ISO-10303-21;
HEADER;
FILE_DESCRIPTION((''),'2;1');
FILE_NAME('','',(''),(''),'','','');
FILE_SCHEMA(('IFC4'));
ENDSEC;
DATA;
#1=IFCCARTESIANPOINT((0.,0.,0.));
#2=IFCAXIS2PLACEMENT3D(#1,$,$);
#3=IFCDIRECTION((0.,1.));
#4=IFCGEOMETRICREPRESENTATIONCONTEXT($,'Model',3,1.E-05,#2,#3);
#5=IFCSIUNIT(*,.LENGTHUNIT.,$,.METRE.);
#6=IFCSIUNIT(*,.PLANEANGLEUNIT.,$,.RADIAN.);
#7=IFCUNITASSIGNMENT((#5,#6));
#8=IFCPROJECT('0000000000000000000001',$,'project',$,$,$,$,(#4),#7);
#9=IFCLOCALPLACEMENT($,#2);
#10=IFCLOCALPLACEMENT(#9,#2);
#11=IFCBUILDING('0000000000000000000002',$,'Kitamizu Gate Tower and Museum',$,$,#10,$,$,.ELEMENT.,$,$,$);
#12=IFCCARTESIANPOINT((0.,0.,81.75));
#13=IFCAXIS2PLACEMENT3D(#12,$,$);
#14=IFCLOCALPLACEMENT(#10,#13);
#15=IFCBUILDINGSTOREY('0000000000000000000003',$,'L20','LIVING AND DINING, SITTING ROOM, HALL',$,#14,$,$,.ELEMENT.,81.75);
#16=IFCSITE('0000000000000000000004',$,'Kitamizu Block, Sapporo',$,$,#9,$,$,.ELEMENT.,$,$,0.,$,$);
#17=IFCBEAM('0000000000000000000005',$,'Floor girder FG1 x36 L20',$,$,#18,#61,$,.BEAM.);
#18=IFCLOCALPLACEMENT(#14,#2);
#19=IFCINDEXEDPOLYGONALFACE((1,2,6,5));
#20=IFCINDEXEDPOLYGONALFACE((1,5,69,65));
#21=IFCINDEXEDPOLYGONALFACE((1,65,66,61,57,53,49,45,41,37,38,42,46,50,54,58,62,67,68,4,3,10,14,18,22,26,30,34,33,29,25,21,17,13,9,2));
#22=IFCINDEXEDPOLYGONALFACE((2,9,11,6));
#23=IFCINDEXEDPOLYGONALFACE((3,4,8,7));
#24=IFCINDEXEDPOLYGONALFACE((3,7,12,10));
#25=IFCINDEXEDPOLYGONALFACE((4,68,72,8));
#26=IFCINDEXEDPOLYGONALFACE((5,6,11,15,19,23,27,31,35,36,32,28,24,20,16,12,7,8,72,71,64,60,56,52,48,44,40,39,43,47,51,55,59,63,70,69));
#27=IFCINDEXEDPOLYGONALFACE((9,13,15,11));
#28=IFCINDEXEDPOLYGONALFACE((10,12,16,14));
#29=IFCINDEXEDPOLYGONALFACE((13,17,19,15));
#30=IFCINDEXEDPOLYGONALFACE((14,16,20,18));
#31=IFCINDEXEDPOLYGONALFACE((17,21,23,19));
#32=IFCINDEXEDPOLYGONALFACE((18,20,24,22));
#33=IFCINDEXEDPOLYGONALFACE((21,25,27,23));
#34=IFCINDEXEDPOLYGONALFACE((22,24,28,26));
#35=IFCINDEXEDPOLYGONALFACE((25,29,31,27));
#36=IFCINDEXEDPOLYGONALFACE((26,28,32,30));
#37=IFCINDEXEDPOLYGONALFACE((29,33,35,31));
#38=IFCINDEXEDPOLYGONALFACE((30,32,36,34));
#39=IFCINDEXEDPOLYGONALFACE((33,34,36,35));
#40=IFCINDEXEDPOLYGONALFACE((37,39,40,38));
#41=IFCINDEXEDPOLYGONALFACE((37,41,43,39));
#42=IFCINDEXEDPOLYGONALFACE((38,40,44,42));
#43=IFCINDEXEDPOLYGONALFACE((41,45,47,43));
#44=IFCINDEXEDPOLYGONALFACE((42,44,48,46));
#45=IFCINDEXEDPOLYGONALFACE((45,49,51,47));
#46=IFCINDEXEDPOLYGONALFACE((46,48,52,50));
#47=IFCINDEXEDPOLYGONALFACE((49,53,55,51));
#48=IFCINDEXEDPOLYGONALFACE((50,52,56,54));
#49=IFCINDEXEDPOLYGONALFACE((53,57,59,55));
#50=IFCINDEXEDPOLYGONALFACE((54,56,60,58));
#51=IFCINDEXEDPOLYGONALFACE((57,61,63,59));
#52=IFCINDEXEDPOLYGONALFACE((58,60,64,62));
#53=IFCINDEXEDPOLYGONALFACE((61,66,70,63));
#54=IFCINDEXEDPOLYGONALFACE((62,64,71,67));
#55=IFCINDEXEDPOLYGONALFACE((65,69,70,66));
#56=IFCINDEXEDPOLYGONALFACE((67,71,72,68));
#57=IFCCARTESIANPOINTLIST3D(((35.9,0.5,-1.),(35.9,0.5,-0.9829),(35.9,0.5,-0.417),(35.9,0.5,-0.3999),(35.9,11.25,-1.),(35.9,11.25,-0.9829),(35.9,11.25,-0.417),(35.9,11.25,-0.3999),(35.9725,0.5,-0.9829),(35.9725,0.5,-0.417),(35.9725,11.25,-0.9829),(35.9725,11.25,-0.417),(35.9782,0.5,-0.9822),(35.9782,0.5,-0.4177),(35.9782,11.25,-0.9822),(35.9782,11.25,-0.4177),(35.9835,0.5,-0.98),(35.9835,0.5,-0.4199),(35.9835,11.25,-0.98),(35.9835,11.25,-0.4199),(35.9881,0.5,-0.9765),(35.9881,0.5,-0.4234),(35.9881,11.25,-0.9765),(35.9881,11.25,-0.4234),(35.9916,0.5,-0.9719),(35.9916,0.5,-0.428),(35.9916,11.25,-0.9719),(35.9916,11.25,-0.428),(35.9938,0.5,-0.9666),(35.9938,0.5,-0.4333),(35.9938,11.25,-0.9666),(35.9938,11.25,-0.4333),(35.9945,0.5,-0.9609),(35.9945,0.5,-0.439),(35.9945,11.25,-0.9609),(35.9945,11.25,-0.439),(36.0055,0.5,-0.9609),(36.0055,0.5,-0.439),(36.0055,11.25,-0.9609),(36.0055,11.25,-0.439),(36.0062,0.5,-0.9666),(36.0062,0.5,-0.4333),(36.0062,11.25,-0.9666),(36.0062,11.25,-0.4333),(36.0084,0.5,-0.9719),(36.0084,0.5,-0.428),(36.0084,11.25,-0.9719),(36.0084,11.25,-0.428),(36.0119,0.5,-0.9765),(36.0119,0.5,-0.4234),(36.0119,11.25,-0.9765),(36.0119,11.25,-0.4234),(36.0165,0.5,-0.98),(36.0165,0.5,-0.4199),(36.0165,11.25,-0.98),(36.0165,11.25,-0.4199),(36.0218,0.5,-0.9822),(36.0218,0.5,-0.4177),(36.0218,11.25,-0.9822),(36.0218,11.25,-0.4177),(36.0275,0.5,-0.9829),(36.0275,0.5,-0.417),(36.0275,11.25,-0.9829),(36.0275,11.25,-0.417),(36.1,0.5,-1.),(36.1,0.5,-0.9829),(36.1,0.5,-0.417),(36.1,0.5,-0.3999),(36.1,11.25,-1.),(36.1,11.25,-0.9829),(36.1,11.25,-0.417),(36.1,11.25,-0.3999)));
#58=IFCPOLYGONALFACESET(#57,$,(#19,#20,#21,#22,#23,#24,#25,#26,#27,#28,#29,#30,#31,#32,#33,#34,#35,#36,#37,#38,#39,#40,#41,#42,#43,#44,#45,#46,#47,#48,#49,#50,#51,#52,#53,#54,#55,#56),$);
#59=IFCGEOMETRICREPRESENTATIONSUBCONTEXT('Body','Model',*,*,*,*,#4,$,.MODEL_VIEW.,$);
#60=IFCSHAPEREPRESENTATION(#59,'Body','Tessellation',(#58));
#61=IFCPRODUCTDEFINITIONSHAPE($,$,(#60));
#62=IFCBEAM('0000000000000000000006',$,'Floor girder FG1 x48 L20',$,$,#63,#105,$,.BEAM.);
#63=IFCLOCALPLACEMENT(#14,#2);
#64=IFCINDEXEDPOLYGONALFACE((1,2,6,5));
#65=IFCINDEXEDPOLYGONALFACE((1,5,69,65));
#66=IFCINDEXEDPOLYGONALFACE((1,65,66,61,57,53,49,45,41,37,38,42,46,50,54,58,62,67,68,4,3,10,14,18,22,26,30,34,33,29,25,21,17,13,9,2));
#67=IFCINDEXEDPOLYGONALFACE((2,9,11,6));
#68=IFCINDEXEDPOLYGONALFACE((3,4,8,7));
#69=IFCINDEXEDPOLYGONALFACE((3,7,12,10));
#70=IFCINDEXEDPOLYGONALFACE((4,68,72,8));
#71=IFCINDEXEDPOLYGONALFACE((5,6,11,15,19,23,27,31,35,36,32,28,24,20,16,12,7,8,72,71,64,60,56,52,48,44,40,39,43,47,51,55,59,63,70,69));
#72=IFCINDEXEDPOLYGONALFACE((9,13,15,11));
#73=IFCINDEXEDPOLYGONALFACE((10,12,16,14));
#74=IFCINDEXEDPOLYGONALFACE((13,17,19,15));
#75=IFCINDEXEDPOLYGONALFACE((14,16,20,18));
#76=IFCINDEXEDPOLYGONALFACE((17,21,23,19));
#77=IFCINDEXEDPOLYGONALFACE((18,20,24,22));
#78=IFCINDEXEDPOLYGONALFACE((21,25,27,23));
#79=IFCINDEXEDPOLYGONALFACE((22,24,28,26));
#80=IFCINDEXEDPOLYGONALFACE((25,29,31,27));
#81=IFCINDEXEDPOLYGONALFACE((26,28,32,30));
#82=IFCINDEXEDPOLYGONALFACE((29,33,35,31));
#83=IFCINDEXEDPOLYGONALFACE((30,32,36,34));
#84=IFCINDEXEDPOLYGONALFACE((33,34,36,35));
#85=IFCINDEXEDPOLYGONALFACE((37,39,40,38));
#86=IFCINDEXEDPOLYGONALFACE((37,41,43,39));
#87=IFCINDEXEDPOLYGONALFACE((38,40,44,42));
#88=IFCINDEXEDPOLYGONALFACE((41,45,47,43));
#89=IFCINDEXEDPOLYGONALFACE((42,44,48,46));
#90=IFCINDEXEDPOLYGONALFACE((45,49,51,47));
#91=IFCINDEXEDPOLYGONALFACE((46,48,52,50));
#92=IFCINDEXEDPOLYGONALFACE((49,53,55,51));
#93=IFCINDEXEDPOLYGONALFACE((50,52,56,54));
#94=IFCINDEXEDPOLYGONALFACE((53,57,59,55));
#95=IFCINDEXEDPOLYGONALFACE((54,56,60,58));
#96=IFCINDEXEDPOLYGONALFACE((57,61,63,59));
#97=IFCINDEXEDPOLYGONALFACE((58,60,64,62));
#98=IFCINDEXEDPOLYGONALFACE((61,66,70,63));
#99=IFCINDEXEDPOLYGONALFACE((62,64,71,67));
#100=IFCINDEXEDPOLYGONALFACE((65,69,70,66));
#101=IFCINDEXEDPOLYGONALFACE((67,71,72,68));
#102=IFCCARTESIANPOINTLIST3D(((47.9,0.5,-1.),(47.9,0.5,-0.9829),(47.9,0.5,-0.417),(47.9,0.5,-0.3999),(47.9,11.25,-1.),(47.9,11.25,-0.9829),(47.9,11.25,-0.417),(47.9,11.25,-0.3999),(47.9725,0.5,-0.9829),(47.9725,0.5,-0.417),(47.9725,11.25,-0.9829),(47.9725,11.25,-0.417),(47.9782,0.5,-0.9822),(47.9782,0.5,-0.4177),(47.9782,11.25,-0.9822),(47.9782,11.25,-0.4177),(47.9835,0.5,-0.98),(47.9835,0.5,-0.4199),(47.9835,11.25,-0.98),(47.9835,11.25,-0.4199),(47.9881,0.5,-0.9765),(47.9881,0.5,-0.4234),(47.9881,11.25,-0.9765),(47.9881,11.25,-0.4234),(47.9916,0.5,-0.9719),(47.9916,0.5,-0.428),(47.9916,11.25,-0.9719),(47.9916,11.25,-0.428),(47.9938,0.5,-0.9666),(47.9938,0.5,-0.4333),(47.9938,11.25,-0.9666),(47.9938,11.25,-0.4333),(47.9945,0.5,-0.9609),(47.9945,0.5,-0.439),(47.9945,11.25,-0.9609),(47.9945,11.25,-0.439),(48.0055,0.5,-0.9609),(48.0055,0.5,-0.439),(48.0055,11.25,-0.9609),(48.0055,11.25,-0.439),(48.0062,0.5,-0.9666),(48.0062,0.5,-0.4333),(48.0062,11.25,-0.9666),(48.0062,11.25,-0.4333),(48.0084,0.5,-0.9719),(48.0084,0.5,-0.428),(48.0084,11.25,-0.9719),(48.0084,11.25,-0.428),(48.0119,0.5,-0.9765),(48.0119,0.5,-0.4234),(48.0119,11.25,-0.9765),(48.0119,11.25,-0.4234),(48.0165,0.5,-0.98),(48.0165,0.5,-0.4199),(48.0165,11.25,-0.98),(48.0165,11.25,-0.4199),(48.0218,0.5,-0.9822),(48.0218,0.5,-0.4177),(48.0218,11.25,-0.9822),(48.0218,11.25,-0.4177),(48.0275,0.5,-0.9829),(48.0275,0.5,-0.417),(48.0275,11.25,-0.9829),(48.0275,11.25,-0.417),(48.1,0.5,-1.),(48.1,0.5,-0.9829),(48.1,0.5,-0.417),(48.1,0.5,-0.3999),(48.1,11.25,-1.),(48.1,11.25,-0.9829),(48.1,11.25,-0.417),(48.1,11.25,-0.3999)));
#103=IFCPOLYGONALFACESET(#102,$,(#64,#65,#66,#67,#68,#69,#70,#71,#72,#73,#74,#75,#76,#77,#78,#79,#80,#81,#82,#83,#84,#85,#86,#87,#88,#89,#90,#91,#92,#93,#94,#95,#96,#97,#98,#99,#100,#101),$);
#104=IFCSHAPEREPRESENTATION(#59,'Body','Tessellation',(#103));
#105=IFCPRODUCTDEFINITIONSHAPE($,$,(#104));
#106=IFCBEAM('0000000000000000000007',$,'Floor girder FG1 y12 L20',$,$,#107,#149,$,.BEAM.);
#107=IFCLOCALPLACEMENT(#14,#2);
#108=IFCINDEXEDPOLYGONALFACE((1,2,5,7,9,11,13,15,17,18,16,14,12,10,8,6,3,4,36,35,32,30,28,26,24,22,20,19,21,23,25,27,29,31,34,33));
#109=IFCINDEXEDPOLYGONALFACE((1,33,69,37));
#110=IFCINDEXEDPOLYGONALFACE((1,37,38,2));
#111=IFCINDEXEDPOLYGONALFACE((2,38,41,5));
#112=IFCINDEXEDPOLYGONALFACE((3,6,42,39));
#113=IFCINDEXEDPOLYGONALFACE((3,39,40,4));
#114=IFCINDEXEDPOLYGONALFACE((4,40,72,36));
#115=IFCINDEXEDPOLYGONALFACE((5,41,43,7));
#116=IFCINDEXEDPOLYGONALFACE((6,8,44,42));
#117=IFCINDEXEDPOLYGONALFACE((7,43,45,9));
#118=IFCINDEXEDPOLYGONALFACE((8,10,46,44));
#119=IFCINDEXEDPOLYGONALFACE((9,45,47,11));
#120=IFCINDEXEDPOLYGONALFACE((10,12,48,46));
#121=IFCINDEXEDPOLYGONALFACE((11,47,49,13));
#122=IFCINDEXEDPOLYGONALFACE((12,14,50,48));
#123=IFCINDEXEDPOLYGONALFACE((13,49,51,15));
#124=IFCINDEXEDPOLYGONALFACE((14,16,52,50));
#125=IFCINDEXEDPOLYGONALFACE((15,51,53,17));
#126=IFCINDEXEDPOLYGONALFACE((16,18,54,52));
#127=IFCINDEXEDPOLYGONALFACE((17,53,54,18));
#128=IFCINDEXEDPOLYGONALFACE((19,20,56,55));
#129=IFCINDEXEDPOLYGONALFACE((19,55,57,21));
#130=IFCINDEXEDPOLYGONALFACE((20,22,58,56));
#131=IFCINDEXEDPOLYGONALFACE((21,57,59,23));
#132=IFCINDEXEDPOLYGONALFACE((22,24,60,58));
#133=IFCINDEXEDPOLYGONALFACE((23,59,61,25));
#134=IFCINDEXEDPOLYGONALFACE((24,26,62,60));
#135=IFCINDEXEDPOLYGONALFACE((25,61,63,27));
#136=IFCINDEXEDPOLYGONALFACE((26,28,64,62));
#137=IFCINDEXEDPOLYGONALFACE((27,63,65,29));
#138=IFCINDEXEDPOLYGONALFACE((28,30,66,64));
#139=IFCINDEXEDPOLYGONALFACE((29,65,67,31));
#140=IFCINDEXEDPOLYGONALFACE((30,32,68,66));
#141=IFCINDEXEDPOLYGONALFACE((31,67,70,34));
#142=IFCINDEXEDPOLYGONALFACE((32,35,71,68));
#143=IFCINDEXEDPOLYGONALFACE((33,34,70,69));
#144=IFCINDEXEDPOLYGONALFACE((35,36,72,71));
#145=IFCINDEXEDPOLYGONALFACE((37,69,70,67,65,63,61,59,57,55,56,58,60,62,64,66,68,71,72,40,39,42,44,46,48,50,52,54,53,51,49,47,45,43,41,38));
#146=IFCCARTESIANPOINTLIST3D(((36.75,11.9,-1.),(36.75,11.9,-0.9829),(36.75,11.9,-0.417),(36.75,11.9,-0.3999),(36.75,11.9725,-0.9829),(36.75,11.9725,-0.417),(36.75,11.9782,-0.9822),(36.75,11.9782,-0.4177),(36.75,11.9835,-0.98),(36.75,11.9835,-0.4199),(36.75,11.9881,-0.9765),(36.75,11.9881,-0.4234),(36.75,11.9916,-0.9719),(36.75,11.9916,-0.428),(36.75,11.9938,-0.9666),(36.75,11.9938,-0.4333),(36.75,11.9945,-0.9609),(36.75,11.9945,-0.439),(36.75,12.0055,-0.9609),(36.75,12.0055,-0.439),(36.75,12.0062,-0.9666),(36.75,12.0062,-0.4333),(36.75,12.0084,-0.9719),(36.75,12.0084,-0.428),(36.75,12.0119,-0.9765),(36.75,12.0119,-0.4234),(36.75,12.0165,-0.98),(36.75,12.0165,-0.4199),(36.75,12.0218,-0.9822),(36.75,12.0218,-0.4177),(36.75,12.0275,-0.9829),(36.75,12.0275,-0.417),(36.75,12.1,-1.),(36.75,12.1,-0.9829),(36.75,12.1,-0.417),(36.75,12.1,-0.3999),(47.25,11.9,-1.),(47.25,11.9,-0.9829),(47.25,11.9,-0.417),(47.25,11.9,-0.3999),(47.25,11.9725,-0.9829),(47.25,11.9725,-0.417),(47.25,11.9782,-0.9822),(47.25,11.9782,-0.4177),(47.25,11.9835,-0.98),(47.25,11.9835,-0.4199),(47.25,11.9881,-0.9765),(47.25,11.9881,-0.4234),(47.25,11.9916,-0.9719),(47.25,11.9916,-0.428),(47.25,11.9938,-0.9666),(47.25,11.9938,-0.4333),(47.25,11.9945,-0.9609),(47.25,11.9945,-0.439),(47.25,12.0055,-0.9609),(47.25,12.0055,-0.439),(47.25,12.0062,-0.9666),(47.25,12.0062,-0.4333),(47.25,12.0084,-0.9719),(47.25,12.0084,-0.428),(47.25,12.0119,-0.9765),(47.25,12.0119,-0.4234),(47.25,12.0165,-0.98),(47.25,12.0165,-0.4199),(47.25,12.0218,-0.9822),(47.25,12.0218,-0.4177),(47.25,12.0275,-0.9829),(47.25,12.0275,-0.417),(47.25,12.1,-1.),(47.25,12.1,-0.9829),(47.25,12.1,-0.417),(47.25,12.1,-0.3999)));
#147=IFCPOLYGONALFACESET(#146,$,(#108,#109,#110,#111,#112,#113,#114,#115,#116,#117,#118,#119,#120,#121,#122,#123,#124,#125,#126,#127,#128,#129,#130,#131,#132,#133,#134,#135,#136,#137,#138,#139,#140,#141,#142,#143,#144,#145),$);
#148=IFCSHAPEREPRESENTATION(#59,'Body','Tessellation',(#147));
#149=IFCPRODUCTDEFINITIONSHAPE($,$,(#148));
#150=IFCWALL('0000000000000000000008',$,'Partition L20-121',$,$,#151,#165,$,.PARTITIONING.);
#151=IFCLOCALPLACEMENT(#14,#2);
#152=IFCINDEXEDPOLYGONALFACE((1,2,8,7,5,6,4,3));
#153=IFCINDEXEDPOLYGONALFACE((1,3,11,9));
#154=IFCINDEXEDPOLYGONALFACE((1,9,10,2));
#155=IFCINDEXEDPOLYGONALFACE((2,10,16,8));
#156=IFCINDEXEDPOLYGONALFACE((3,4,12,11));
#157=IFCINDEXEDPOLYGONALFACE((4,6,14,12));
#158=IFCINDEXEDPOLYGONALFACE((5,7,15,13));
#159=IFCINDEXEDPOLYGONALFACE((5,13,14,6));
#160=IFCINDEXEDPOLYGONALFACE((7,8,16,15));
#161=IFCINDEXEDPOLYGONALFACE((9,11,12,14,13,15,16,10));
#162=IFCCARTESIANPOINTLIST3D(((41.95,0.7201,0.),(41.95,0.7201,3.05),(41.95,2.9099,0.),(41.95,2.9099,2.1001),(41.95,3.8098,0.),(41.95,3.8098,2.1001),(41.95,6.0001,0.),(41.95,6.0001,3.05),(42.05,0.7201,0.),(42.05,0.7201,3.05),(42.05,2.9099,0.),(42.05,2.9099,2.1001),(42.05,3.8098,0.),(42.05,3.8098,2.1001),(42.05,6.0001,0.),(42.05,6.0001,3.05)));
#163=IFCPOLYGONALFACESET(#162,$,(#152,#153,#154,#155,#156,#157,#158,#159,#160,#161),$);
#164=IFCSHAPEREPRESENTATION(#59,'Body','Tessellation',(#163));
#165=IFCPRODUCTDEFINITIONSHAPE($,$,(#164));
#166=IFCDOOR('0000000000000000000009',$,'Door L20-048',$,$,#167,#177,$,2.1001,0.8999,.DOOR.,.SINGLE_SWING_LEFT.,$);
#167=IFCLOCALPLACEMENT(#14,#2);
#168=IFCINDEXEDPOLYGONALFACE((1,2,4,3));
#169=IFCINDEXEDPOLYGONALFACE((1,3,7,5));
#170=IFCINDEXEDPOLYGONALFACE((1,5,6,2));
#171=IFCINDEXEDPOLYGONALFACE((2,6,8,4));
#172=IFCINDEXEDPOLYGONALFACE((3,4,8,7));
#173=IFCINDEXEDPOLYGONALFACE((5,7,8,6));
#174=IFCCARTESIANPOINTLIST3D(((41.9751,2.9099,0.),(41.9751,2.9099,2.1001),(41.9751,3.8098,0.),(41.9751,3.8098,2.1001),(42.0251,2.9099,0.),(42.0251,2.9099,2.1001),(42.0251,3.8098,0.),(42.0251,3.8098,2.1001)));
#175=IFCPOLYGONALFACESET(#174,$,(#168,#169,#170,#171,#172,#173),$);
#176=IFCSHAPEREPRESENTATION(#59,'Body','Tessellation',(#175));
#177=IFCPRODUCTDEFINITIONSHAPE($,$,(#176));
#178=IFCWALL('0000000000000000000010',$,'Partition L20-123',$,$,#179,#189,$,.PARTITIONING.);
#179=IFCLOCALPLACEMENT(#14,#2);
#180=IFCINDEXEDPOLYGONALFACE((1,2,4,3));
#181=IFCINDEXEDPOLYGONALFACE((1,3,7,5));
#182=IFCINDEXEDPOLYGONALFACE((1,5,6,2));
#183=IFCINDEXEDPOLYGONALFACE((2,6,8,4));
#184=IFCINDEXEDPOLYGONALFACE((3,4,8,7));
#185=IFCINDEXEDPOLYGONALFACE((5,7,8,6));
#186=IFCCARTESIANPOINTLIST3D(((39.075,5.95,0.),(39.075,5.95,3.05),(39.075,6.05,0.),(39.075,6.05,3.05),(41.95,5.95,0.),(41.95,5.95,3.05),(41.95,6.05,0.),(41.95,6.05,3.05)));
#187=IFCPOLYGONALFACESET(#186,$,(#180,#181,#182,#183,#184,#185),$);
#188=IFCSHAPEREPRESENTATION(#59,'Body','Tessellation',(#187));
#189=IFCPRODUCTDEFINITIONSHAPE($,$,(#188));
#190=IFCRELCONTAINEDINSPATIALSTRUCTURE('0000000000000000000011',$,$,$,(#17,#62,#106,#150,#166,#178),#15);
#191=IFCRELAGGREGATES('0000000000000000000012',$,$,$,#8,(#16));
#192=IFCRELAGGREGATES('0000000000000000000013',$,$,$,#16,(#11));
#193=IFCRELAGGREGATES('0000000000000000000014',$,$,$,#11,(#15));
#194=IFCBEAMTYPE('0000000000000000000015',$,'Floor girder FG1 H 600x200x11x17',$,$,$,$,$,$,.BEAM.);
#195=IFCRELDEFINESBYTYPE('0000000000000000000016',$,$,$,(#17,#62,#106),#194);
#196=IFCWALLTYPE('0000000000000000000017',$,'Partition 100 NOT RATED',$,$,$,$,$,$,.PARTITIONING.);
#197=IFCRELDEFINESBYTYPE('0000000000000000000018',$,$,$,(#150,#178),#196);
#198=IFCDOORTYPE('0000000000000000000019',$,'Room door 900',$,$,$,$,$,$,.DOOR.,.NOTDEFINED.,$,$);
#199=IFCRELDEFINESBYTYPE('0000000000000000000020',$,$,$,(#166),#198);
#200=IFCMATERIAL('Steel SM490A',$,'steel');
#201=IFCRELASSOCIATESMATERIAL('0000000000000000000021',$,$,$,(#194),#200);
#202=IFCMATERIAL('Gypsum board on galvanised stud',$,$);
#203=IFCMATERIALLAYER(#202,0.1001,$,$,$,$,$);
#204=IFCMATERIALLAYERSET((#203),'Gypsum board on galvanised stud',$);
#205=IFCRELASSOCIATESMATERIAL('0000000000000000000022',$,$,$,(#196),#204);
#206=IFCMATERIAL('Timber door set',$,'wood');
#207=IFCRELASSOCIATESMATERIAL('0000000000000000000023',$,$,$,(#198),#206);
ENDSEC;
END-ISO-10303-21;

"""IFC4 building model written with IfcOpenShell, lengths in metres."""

from ifc_helpers import new_model, si_unit, direction, frame, frame_2d, origin, origin_2d, place, context, subcontext, project, spatial, rectangle, i_section, extrude, material, layer, layer_set, material_profile, profile_set, type_object, element, fill, save


model = new_model("IFC4")

# Units and contexts
model_context = context("Model", 3, precision=1e-05, world=origin(), true_north=direction((0.0, 1.0)))
body_context = subcontext(model_context, "Body", "Model", "MODEL_VIEW")
ifc_project = project(units=[si_unit("LENGTHUNIT", "METRE"), si_unit("PLANEANGLEUNIT", "RADIAN")], contexts=[model_context])

# Site, building, storey
site_placement = place(None, origin())
site = spatial("IfcSite", under=ifc_project, at=site_placement, Name="Kitamizu Block, Sapporo", CompositionType="ELEMENT", RefElevation=0.0)
building_placement = place(site_placement, origin())
building = spatial("IfcBuilding", under=site, at=building_placement, Name="Kitamizu Gate Tower and Museum", CompositionType="ELEMENT")
storey_placement = place(building_placement, frame((0.0, 0.0, 81.75)))
storey = spatial("IfcBuildingStorey", under=building, at=storey_placement, Name="L20", Description="LIVING AND DINING, SITTING ROOM, HALL", CompositionType="ELEMENT", Elevation=81.75)

# Beams
ifc_material_1 = material(Name="Steel SM490A", Category="steel")
ifc_material_profile_1 = material_profile(ifc_material_1, i_section(OverallWidth=0.2, OverallDepth=0.6001, WebThickness=0.011, FlangeThickness=0.0171, FilletRadius=0.022, at=origin_2d()), Name="H-600x200x11x17")
ifc_profile_set_1 = profile_set([ifc_material_profile_1], Name="Steel SM490A")
beam_type_1 = type_object("IfcBeamType", Name="Floor girder FG1 H 600x200x11x17", PredefinedType="BEAM", material=ifc_profile_set_1)
for number, where, z_axis, x_axis, name in (
    (1, (36.0, 0.5, -0.7), (0.0, 1.0, 0.0), (-1.0, 0.0, 0.0), "Floor girder FG1 x36 L20"),
    (2, (48.0, 0.5, -0.7), (0.0, 1.0, 0.0), (-1.0, 0.0, 0.0), "Floor girder FG1 x48 L20"),
):
    element("IfcBeam", number, at=place(storey_placement, frame(where, z_axis=z_axis, x_axis=x_axis)), inside=storey, type_object=beam_type_1, Name=name, PredefinedType="BEAM", context=body_context, shape_type="SweptSolid", body=[
        extrude(i_section(OverallWidth=0.2, OverallDepth=0.6001, WebThickness=0.011, FlangeThickness=0.0171, FilletRadius=0.022, at=origin_2d()), origin(), (0.0, 0.0, 1.0), 10.75),
    ])
beam_placement = place(storey_placement, frame((36.75, 12.0, -0.7), z_axis=(1.0, 0.0, 0.0), x_axis=(0.0, 1.0, 0.0)))
element("IfcBeam", 3, at=beam_placement, inside=storey, type_object=beam_type_1, Name="Floor girder FG1 y12 L20", PredefinedType="BEAM", context=body_context, shape_type="SweptSolid", body=[
    extrude(i_section(OverallWidth=0.2, OverallDepth=0.6001, WebThickness=0.011, FlangeThickness=0.0171, FilletRadius=0.022, at=origin_2d()), origin(), (0.0, 0.0, 1.0), 10.5),
])

# Wall, opening, door
ifc_material_2 = material(Name="Gypsum board on galvanised stud")
ifc_layer_1 = layer(ifc_material_2, 0.1001)
ifc_layer_set_1 = layer_set([ifc_layer_1], Name="Gypsum board on galvanised stud")
wall_type_1 = type_object("IfcWallType", Name="Partition 100 NOT RATED", PredefinedType="PARTITIONING", material=ifc_layer_set_1)
wall_1_placement = place(storey_placement, frame((42.0, 0.72, 0.0), z_axis=(0.0, 0.0, 1.0), x_axis=(0.0, 1.0, 0.0)))
wall_1 = element("IfcWall", 4, at=wall_1_placement, inside=storey, type_object=wall_type_1, Name="Partition L20-121", PredefinedType="PARTITIONING", context=body_context, shape_type="SweptSolid", body=[
    extrude(rectangle(XDim=5.28, YDim=0.1001, at=frame_2d((2.6401, 0.0))), origin(), (0.0, 0.0, 1.0), 3.05),
])
opening_1_placement = place(wall_1_placement, frame((2.1899, 0.0, 0.0)))
opening_1 = element("IfcOpeningElement", 5, at=opening_1_placement, cuts=wall_1, PredefinedType="OPENING", context=body_context, shape_type="SweptSolid", body=[
    extrude(rectangle(XDim=0.8999, YDim=2.1001, at=frame_2d((0.45, 1.05))), frame((0.0, 0.0601, 0.0), z_axis=(0.0, -1.0, 0.0), x_axis=(1.0, 0.0, 0.0)), (0.0, 0.0, 1.0), 0.1201),
])
ifc_material_3 = material(Name="Timber door set", Category="wood")
door_type_1 = type_object("IfcDoorType", Name="Room door 900", OperationType="NOTDEFINED", PredefinedType="DOOR", material=ifc_material_3)
door_1_placement = place(opening_1_placement, origin())
door_1 = element("IfcDoor", 6, at=door_1_placement, inside=storey, type_object=door_type_1, Name="Door L20-048", OperationType="SINGLE_SWING_LEFT", OverallHeight=2.1001, OverallWidth=0.8999, PredefinedType="DOOR", context=body_context, shape_type="SweptSolid", body=[
    extrude(rectangle(XDim=0.8999, YDim=2.1001, at=frame_2d((0.45, 1.05))), frame((0.0, 0.0249, 0.0), z_axis=(0.0, -1.0, 0.0), x_axis=(1.0, 0.0, 0.0)), (0.0, 0.0, 1.0), 0.05),
])
fill(opening_1, door_1)

# Wall
wall_2_placement = place(storey_placement, frame((41.95, 6.0, 0.0), z_axis=(0.0, 0.0, 1.0), x_axis=(-1.0, 0.0, 0.0)))
element("IfcWall", 7, at=wall_2_placement, inside=storey, type_object=wall_type_1, Name="Partition L20-123", PredefinedType="PARTITIONING", context=body_context, shape_type="SweptSolid", body=[
    extrude(rectangle(XDim=2.875, YDim=0.1001, at=frame_2d((1.4375, 0.0))), origin(), (0.0, 0.0, 1.0), 3.05),
])

save(model, "model.ifc")
